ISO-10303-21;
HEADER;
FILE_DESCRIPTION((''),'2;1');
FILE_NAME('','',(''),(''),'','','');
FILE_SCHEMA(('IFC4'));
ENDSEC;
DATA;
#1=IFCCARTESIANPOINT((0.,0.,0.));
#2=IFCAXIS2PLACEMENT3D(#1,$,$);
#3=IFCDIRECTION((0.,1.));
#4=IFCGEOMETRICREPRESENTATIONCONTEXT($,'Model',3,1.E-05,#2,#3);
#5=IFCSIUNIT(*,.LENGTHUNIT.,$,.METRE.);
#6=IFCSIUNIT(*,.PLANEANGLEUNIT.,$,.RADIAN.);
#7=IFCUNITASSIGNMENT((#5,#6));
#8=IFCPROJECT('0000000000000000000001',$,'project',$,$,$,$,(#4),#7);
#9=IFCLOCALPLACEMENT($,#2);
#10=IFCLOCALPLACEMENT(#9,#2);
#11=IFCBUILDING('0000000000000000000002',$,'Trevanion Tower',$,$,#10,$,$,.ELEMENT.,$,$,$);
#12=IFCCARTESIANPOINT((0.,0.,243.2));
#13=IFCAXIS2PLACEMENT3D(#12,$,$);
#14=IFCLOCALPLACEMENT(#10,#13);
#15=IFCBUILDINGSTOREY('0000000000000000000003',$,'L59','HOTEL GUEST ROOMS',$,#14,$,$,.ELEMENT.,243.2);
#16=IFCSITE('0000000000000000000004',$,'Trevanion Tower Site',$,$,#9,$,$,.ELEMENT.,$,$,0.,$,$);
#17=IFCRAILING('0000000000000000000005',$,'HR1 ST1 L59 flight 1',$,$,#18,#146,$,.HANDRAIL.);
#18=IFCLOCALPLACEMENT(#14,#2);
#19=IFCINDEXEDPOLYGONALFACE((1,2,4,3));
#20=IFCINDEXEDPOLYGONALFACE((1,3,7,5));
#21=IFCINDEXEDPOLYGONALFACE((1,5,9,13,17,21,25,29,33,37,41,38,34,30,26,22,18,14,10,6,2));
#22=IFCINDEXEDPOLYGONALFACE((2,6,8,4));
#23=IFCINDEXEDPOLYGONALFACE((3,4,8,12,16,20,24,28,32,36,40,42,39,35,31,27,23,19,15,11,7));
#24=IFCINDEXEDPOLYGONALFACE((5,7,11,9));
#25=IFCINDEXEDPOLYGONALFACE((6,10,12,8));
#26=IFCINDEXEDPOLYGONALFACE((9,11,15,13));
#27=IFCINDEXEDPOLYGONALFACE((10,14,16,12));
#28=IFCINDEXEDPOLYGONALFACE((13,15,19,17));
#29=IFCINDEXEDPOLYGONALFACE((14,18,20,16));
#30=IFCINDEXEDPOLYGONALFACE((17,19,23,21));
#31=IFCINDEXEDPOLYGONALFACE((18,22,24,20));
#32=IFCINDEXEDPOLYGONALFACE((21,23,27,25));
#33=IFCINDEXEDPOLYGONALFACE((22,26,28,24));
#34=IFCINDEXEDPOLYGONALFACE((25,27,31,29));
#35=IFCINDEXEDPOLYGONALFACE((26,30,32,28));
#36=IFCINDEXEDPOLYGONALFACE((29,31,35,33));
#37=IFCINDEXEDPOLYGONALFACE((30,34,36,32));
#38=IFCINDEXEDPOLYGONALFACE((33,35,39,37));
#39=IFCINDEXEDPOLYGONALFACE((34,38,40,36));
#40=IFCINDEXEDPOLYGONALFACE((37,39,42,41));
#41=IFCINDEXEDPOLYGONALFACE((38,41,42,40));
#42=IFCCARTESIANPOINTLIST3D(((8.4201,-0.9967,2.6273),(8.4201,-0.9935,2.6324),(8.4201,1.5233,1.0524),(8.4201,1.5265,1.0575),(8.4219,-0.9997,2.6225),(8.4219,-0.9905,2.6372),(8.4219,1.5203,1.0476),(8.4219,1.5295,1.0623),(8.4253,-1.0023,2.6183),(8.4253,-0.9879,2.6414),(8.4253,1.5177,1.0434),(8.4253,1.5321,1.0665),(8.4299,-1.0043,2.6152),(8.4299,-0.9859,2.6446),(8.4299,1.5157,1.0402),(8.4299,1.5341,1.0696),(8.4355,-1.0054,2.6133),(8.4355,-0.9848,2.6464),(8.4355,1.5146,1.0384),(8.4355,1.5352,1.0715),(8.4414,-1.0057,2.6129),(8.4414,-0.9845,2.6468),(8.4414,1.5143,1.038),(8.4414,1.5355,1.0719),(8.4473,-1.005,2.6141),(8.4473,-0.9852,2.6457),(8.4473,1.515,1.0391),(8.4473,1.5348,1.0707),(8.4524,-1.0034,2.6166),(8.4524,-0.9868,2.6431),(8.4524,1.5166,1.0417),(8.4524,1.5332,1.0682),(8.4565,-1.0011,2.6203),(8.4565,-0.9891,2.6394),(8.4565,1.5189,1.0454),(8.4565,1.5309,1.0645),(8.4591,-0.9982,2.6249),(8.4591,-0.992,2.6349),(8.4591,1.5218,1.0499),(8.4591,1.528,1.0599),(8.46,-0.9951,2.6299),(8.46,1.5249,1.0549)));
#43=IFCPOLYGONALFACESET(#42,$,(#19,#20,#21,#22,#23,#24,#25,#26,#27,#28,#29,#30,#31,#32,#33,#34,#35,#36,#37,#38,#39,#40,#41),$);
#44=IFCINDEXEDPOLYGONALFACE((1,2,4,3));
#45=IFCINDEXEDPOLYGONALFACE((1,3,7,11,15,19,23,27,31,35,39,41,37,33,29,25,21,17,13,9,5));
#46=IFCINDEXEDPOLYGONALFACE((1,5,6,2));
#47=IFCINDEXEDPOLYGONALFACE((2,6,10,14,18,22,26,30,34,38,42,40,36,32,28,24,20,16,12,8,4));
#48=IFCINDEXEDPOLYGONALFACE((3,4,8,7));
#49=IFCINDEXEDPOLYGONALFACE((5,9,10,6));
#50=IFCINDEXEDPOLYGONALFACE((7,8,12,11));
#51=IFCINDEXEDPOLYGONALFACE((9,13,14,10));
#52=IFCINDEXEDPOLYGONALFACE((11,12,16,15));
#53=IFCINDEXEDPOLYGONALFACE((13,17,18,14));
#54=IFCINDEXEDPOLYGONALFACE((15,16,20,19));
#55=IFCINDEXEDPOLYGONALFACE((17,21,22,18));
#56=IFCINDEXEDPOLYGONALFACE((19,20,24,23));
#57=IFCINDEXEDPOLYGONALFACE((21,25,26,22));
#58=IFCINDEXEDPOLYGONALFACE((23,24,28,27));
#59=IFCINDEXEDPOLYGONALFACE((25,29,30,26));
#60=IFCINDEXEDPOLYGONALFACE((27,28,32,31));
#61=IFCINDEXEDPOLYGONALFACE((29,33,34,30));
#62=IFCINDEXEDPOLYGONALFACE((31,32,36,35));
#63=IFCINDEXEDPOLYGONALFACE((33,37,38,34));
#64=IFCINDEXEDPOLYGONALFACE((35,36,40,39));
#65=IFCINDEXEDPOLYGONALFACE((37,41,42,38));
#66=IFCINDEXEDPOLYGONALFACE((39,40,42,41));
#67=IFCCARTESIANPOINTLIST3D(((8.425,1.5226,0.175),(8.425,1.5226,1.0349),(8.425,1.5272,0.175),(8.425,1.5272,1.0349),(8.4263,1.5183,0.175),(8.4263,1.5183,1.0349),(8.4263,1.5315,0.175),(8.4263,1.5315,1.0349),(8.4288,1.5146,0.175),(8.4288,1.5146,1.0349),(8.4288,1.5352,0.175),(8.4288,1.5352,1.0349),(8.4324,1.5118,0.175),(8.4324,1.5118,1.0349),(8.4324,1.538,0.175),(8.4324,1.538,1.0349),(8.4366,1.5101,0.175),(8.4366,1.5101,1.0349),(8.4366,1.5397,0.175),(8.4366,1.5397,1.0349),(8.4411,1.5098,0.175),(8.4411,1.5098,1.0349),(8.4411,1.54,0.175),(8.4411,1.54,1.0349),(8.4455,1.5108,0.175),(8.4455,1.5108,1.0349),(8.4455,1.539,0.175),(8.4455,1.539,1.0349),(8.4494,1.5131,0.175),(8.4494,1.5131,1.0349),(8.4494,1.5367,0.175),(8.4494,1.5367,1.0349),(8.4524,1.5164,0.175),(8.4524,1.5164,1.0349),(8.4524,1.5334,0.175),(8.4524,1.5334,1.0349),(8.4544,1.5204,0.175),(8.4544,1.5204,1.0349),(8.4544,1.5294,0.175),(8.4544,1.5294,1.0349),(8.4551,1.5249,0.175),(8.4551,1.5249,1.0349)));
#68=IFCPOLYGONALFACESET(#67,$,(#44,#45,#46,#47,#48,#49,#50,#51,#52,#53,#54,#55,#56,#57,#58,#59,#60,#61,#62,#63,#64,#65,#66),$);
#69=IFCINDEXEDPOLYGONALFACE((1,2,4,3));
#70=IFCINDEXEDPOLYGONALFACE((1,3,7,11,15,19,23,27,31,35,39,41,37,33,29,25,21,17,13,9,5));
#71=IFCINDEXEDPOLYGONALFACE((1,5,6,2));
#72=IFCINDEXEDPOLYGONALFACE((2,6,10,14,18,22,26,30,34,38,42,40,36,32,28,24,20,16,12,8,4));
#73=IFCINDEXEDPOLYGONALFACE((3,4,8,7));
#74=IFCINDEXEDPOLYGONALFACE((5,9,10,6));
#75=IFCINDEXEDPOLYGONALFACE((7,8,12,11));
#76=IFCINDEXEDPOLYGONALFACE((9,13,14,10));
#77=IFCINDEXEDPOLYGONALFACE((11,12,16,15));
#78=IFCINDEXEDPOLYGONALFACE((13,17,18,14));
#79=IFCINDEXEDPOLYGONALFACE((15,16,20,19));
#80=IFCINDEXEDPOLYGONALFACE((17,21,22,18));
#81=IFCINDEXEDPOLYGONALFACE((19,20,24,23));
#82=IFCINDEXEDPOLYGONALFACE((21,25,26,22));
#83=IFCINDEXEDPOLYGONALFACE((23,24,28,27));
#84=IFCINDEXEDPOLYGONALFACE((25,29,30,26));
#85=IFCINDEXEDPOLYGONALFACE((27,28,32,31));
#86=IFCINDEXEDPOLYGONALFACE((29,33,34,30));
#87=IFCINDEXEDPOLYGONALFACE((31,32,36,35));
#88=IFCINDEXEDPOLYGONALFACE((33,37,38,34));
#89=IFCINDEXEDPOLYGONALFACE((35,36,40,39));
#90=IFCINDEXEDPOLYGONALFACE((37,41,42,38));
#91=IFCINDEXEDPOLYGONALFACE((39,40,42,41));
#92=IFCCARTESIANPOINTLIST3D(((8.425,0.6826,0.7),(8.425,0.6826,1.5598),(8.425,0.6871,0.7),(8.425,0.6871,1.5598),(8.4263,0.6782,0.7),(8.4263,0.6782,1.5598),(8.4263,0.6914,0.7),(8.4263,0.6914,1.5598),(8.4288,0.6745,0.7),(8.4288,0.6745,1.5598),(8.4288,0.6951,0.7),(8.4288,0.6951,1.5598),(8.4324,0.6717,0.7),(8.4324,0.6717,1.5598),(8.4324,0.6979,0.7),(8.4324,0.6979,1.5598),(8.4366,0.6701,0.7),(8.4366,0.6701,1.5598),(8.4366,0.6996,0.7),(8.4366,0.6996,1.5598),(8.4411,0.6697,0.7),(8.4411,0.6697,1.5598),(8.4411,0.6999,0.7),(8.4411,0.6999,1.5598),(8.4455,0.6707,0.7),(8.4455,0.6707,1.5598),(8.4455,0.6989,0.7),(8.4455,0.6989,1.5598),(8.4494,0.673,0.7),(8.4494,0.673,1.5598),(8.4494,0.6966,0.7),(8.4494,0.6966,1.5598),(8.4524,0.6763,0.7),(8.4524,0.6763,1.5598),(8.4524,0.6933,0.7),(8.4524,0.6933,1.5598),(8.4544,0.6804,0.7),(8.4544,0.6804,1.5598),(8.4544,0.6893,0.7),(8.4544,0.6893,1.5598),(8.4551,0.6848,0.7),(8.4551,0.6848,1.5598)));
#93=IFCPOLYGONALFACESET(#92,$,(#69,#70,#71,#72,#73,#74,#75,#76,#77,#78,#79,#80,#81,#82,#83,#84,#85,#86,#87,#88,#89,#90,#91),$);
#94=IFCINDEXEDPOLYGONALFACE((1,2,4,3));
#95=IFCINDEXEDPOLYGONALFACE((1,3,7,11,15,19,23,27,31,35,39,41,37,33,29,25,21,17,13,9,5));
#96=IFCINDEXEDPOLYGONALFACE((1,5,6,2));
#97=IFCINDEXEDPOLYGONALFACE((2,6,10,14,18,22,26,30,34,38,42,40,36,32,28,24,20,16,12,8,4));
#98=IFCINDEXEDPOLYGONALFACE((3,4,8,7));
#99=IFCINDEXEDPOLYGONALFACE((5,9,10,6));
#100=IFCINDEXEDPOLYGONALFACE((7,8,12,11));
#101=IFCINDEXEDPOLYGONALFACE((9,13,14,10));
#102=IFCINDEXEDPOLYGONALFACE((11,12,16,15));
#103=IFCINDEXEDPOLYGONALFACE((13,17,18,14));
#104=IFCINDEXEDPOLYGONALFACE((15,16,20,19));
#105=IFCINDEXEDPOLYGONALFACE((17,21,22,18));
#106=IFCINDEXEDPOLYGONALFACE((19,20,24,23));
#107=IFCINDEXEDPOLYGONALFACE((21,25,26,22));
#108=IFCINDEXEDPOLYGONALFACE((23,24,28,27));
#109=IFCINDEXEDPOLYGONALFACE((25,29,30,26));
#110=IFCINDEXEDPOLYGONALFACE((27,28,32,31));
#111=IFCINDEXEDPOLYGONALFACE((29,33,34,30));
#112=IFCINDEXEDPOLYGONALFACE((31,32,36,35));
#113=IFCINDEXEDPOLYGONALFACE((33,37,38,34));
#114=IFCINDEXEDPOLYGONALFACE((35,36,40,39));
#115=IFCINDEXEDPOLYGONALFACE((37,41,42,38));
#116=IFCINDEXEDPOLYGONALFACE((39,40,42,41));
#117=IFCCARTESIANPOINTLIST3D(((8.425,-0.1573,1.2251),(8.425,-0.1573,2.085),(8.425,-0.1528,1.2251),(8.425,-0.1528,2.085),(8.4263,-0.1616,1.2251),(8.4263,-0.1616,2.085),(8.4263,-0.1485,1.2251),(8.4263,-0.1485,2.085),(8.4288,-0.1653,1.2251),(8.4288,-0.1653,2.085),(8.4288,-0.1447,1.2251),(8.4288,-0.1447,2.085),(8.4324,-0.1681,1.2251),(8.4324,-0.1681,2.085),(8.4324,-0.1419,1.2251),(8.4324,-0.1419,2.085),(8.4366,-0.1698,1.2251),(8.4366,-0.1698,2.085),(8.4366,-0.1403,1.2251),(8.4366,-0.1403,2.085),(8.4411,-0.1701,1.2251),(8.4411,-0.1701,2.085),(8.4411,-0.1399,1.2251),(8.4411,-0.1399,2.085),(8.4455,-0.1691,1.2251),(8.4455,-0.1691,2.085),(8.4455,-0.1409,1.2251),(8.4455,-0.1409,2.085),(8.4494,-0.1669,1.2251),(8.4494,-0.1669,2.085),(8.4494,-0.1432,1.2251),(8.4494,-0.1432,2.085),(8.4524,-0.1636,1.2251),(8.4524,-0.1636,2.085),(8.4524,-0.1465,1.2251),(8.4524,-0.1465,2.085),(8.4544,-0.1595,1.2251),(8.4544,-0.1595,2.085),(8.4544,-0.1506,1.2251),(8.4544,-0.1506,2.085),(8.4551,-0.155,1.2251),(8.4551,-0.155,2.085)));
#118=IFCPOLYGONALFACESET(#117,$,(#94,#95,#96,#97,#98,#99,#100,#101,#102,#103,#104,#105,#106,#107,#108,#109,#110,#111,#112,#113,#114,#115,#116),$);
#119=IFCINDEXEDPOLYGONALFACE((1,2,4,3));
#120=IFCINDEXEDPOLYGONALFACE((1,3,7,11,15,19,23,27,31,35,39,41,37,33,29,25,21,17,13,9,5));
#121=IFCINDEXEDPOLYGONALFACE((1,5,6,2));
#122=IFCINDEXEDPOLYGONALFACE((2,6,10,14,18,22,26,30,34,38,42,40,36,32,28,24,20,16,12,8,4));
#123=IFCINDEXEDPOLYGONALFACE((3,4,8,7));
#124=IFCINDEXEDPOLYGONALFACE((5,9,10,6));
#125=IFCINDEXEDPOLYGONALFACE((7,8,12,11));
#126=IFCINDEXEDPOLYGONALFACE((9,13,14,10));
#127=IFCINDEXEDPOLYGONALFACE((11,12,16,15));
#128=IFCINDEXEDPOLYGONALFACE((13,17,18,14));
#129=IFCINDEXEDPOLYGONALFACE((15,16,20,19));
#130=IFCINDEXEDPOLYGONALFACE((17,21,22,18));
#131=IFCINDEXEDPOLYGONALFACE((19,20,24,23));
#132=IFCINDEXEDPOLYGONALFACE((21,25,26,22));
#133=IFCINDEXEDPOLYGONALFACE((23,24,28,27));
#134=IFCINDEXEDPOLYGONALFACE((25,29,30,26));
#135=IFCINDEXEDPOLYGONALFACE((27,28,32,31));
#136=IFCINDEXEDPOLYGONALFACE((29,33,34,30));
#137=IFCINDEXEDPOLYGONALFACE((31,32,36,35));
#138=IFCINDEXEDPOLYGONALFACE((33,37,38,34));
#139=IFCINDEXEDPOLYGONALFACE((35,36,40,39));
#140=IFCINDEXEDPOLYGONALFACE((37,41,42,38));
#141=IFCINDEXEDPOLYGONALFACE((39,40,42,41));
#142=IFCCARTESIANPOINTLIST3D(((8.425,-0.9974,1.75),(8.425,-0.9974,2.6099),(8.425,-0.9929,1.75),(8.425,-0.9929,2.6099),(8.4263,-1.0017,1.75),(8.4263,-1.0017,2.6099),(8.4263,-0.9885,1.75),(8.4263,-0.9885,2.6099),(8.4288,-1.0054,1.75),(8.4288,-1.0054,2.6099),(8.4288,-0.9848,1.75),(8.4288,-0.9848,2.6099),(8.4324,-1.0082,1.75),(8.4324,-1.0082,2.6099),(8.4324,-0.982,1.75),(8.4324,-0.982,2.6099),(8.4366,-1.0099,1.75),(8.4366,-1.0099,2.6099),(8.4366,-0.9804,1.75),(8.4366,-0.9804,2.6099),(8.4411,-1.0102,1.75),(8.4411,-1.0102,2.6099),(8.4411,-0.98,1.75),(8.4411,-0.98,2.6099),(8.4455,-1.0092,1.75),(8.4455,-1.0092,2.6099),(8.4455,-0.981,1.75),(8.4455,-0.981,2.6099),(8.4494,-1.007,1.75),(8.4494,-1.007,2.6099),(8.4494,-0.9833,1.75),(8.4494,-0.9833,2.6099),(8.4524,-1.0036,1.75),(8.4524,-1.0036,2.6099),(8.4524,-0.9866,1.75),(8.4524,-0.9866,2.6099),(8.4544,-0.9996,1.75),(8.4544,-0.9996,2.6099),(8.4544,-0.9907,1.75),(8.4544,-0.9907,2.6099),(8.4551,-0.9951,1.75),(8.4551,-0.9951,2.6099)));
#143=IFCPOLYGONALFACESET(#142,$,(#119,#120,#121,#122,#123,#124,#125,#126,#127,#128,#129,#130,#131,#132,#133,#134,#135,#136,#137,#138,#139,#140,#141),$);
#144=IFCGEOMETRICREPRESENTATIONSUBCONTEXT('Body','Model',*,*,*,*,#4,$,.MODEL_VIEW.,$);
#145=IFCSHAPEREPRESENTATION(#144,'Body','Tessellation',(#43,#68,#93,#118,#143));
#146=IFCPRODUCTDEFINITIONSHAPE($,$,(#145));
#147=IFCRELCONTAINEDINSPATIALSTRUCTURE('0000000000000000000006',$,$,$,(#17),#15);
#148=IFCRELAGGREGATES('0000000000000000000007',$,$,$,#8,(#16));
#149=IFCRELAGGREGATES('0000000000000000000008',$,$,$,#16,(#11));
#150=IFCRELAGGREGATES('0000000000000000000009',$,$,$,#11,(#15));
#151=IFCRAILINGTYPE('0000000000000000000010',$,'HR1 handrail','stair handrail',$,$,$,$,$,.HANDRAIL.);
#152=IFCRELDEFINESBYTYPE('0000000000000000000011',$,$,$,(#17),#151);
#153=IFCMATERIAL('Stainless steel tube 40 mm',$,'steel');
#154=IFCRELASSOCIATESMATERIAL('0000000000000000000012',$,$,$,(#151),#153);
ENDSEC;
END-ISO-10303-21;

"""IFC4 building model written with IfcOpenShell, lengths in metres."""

from ifc_helpers import new_model, si_unit, direction, frame, origin, origin_2d, place, context, subcontext, project, spatial, circle, extrude, material, type_object, element, save


model = new_model("IFC4")

# Units and contexts
model_context = context("Model", 3, precision=1e-05, world=origin(), true_north=direction((0.0, 1.0)))
body_context = subcontext(model_context, "Body", "Model", "MODEL_VIEW")
ifc_project = project(units=[si_unit("LENGTHUNIT", "METRE"), si_unit("PLANEANGLEUNIT", "RADIAN")], contexts=[model_context])

# Site, building, storey
site_placement = place(None, origin())
site = spatial("IfcSite", under=ifc_project, at=site_placement, Name="Trevanion Tower Site", CompositionType="ELEMENT", RefElevation=0.0)
building_placement = place(site_placement, origin())
building = spatial("IfcBuilding", under=site, at=building_placement, Name="Trevanion Tower", CompositionType="ELEMENT")
storey_placement = place(building_placement, frame((0.0, 0.0, 243.2)))
storey = spatial("IfcBuildingStorey", under=building, at=storey_placement, Name="L59", Description="HOTEL GUEST ROOMS", CompositionType="ELEMENT", Elevation=243.2)

# Railing
ifc_material_1 = material(Name="Stainless steel tube 40 mm", Category="steel")
railing_type = type_object("IfcRailingType", Name="HR1 handrail", Description="stair handrail", PredefinedType="HANDRAIL", material=ifc_material_1)
for number, where, name in (
    (1, (8.4399, 1.5249, 0.175), "HR1 ST1 L59 flight 1"),
):
    element("IfcRailing", number, at=place(storey_placement, frame(where)), inside=storey, type_object=railing_type, Name=name, PredefinedType="HANDRAIL", context=body_context, shape_type="SweptSolid", body=[
        extrude(circle(Radius=0.02, at=origin_2d()), frame((0.0, 0.0, 0.8799), z_axis=(0.0, -0.848008, 0.529984), x_axis=(1.0, 0.0, 0.0)), (0.0, 0.0, 1.0), 2.9717),
        extrude(circle(Radius=0.0151, at=origin_2d()), origin(), (0.0, 0.0, 1.0), 0.8599),
        extrude(circle(Radius=0.0151, at=origin_2d()), frame((0.0, -0.8401, 0.5249)), (0.0, 0.0, 1.0), 0.8599),
        extrude(circle(Radius=0.0151, at=origin_2d()), frame((0.0, -1.6799, 1.05)), (0.0, 0.0, 1.0), 0.8599),
        extrude(circle(Radius=0.0151, at=origin_2d()), frame((0.0, -2.52, 1.575)), (0.0, 0.0, 1.0), 0.8599),
    ])

save(model, "model.ifc")
